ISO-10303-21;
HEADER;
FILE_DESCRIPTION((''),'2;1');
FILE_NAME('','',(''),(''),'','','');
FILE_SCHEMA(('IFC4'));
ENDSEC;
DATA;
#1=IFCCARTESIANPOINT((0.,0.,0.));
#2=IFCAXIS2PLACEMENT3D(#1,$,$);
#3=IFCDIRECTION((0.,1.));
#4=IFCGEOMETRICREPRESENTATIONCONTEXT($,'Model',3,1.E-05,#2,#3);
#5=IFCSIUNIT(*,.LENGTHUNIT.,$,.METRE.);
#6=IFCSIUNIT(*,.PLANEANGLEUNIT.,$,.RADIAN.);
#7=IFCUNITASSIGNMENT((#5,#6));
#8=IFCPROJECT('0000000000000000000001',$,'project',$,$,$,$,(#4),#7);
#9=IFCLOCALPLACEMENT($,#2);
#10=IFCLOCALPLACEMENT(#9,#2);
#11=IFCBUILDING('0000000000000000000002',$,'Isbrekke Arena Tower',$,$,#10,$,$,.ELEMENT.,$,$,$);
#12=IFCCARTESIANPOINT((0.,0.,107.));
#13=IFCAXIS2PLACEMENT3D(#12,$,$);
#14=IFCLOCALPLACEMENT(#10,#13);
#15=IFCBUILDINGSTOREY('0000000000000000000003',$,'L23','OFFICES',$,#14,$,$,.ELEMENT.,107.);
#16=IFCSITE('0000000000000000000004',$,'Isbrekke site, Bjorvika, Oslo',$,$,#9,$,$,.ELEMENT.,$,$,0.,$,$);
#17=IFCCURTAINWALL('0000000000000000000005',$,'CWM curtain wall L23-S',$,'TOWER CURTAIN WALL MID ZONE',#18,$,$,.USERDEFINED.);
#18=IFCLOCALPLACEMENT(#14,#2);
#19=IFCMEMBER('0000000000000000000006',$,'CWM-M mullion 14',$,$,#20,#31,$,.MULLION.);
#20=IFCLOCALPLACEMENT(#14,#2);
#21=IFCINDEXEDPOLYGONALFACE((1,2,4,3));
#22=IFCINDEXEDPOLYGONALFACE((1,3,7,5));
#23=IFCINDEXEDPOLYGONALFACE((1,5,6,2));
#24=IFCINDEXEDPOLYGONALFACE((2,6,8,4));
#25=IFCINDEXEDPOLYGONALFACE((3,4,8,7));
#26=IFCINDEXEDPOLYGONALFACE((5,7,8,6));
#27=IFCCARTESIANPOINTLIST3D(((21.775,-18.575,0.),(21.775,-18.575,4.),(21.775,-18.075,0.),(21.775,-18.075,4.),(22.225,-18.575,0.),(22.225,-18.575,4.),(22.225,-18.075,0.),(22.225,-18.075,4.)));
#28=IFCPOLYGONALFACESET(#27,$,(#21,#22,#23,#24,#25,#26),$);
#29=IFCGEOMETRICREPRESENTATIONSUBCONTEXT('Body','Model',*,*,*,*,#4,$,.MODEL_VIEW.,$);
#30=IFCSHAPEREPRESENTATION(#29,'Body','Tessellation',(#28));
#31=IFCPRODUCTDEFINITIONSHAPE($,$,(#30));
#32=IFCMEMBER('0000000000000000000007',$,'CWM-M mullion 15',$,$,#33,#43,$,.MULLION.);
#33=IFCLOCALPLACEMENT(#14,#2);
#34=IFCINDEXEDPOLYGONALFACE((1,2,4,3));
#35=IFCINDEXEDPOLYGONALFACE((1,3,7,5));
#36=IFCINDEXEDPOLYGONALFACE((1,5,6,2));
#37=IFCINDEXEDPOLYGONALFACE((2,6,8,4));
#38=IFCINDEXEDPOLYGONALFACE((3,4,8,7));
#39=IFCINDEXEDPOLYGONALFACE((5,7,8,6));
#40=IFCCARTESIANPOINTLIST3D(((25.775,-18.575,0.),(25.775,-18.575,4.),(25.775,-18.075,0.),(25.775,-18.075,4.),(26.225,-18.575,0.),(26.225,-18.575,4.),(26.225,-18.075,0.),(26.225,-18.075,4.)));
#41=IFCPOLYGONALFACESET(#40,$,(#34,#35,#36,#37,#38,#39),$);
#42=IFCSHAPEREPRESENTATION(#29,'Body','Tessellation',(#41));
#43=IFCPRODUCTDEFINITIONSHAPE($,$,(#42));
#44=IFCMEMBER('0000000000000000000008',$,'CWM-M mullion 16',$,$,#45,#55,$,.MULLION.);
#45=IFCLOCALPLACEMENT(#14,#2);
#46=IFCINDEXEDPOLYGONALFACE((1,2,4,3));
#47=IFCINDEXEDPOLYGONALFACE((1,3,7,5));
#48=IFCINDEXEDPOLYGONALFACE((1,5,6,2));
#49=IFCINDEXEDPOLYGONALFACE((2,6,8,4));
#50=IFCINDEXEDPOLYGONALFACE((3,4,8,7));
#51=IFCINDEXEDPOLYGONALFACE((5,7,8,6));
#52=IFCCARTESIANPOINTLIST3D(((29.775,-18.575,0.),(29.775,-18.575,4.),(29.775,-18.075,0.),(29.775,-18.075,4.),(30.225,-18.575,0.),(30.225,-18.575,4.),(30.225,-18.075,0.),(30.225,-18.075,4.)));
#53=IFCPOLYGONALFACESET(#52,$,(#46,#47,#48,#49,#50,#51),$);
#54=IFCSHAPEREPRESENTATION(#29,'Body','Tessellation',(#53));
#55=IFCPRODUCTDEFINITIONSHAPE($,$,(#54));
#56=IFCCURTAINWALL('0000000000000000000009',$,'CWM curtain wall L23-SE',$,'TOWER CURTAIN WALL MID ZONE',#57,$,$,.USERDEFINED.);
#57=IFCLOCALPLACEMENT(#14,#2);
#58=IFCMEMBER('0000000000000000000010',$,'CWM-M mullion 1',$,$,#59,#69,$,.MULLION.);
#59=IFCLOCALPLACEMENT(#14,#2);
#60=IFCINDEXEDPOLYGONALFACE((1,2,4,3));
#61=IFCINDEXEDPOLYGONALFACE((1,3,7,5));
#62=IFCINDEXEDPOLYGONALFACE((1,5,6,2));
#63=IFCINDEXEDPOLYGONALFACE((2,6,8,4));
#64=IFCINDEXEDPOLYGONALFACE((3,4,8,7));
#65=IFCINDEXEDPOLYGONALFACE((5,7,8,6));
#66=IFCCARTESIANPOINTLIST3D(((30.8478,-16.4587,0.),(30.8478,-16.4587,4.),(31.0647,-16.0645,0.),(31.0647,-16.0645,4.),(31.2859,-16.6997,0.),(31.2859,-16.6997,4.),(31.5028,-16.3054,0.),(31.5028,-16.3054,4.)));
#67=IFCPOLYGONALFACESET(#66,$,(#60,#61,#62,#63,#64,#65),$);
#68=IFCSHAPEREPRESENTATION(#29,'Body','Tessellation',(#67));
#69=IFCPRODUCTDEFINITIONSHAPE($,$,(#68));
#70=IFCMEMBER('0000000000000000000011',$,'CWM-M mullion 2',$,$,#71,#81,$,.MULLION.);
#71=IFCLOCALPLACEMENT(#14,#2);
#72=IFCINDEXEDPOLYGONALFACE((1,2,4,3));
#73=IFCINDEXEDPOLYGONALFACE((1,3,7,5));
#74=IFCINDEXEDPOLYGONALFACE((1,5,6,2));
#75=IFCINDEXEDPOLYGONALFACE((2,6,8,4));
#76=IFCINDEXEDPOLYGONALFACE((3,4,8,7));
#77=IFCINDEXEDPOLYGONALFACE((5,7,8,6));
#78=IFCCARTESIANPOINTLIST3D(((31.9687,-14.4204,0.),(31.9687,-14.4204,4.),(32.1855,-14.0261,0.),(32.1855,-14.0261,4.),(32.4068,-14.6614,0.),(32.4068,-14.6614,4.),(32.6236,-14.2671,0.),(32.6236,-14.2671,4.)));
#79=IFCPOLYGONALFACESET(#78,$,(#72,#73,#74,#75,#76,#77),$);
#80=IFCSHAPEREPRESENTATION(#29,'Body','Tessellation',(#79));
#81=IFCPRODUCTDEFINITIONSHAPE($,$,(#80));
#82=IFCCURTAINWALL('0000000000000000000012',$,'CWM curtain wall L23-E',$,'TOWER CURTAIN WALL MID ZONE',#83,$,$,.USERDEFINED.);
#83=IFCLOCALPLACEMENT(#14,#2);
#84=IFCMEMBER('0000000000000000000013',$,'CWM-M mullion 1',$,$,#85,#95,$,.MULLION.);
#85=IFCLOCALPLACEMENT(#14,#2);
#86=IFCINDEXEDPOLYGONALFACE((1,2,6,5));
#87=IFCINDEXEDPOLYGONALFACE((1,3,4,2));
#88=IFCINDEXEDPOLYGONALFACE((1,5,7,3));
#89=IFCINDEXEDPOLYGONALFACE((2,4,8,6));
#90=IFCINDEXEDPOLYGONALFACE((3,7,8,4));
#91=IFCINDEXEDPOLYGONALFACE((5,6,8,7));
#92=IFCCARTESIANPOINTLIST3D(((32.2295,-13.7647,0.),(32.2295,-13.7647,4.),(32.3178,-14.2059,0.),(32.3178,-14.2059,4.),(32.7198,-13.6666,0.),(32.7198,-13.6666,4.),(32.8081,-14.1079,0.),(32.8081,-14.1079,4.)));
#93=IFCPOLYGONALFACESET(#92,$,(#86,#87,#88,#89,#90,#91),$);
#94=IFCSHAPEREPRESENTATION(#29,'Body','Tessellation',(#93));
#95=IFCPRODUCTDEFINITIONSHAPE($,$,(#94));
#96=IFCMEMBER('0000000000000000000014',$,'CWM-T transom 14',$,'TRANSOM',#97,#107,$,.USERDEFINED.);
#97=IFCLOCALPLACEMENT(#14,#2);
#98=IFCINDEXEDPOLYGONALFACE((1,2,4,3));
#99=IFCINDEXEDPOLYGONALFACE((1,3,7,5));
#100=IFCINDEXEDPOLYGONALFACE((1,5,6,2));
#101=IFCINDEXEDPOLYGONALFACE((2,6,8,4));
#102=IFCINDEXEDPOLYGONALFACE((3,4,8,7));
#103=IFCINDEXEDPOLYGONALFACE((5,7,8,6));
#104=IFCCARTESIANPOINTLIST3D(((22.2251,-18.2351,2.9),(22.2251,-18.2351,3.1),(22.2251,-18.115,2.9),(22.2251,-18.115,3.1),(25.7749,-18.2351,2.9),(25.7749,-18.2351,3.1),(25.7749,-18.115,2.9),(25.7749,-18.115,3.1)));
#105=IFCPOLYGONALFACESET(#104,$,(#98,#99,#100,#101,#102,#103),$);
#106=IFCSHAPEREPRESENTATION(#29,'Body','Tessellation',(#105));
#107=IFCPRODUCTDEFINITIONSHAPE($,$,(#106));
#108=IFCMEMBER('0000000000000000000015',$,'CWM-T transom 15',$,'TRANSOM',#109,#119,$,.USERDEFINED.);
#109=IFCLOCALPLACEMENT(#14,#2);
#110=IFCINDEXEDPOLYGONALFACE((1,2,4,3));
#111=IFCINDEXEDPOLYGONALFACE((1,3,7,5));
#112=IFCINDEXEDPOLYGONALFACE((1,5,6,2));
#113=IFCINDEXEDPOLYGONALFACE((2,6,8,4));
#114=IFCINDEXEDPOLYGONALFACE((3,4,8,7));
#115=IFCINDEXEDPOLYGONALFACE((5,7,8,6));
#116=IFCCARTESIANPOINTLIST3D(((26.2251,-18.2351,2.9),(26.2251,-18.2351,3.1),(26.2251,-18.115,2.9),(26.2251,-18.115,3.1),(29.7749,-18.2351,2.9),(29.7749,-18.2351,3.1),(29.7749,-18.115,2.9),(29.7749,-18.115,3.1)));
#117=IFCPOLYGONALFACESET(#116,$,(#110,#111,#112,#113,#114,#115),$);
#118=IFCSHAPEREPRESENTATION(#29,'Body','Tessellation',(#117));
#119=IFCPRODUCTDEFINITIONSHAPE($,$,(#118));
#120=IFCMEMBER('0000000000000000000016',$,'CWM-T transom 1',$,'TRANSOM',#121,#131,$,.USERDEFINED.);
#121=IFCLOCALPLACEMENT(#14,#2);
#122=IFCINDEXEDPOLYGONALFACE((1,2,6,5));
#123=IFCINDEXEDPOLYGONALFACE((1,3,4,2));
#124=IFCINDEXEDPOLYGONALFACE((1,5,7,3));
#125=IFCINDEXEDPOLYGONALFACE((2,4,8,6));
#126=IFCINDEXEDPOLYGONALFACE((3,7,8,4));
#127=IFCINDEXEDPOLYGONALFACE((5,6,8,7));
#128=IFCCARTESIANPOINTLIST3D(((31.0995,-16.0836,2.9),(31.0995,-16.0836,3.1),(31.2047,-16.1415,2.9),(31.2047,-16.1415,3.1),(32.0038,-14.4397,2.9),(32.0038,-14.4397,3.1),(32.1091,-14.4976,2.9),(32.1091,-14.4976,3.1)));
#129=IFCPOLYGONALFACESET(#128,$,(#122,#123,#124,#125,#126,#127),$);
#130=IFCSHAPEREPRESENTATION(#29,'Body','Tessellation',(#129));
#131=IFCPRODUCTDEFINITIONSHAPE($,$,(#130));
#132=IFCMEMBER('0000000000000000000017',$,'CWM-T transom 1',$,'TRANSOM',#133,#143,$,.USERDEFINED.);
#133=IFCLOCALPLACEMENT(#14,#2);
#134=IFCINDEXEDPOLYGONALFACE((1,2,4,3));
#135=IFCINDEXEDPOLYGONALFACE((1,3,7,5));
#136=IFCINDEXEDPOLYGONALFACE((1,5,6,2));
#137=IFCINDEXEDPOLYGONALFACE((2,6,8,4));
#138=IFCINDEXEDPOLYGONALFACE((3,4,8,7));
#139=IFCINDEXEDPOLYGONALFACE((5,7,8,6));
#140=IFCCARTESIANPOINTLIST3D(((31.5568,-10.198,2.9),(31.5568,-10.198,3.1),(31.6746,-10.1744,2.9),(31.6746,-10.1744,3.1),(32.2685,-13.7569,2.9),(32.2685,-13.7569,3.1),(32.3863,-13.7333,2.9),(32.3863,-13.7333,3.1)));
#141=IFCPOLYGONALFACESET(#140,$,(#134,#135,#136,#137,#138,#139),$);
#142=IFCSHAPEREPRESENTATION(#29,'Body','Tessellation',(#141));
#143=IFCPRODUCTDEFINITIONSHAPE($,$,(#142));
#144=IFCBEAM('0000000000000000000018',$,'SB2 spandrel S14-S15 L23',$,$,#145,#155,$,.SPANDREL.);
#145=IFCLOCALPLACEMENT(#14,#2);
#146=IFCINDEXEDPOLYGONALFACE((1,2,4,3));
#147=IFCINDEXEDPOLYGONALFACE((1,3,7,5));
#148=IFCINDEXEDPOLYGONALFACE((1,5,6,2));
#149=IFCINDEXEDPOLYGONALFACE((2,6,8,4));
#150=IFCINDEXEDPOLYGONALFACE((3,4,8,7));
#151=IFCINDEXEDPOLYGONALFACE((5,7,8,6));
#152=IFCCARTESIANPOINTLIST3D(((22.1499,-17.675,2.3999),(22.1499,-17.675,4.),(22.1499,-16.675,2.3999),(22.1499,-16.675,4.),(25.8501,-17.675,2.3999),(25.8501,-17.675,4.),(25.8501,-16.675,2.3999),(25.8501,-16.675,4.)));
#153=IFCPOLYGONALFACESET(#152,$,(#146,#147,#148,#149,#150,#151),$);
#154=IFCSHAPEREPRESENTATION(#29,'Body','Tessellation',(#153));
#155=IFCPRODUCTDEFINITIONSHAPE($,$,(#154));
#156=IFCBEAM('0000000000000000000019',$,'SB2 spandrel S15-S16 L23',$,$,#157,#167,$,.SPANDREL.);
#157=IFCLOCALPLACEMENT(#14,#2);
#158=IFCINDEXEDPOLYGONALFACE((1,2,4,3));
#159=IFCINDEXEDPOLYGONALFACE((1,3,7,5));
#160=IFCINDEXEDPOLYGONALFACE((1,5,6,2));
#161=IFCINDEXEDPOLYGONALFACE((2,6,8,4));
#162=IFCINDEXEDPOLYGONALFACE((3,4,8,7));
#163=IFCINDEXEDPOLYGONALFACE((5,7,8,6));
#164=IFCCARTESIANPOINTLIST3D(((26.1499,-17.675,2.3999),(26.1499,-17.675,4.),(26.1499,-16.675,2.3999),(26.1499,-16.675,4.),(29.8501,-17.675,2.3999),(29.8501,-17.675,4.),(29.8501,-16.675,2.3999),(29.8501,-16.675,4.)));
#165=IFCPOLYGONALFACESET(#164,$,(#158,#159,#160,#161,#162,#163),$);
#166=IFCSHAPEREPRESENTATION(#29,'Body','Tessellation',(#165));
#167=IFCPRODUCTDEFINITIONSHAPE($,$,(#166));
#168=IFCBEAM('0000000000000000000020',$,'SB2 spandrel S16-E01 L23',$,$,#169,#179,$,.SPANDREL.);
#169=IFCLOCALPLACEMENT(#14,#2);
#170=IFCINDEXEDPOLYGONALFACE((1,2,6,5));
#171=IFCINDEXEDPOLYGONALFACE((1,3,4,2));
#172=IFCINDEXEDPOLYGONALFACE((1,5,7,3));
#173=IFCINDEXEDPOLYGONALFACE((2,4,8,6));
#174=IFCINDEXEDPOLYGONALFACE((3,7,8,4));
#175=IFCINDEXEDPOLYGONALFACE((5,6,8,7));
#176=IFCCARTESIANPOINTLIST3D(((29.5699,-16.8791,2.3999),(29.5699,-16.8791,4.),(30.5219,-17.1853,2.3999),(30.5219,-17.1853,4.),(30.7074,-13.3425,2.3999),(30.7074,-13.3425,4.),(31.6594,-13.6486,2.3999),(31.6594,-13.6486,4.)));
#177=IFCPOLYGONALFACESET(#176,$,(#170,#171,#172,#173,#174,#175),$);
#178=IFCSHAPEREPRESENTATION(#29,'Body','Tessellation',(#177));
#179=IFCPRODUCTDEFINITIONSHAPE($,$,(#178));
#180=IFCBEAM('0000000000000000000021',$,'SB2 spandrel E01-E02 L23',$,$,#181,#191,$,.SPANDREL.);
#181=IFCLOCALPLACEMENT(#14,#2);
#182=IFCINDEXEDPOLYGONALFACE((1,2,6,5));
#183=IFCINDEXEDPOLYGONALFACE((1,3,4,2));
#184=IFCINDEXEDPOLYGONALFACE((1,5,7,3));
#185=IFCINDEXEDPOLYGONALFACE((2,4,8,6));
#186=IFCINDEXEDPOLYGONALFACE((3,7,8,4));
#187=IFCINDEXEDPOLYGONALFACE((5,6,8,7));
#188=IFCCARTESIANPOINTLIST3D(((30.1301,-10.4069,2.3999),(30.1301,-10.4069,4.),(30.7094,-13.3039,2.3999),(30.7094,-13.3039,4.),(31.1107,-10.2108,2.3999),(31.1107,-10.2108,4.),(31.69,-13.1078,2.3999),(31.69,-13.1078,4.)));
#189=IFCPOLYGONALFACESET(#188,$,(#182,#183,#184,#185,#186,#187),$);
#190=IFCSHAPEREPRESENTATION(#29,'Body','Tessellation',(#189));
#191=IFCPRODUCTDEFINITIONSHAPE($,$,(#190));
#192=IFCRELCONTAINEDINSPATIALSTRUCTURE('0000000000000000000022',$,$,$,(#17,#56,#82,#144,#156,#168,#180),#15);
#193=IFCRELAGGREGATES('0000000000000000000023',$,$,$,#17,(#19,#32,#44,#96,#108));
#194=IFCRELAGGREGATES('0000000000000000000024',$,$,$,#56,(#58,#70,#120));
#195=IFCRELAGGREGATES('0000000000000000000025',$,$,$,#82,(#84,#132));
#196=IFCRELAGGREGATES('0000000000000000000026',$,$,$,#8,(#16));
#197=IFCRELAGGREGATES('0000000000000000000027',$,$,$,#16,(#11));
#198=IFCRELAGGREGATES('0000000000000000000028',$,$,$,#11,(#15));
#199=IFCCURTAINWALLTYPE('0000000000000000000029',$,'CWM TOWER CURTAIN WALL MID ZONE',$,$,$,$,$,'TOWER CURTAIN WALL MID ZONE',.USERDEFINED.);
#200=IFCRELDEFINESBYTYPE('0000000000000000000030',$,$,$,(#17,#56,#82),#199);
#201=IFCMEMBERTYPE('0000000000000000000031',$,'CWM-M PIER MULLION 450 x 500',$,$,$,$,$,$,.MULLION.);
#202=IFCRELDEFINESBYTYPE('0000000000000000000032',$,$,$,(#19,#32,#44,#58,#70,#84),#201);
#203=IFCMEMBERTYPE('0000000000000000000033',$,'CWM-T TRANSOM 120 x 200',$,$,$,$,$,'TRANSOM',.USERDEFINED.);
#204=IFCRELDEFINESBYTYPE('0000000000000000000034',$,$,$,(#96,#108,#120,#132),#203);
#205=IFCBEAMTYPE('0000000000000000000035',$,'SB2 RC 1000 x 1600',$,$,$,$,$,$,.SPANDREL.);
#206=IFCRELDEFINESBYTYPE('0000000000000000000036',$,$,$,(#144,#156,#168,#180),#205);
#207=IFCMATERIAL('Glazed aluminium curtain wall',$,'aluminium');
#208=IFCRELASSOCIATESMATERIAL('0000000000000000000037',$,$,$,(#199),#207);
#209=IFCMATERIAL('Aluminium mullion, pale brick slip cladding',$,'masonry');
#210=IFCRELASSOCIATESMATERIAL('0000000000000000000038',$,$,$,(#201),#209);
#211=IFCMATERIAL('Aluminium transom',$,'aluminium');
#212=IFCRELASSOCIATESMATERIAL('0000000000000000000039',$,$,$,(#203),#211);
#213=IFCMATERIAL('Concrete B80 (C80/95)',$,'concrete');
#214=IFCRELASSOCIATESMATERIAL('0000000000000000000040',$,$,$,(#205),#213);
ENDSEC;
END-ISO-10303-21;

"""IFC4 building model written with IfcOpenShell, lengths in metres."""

from ifc_helpers import new_model, si_unit, direction, frame, origin, origin_2d, place, context, subcontext, project, spatial, rectangle, extrude, material, material_profile, profile_set, type_object, element, aggregate, save


model = new_model("IFC4")

# Units and contexts
model_context = context("Model", 3, precision=1e-05, world=origin(), true_north=direction((0.0, 1.0)))
body_context = subcontext(model_context, "Body", "Model", "MODEL_VIEW")
ifc_project = project(units=[si_unit("LENGTHUNIT", "METRE"), si_unit("PLANEANGLEUNIT", "RADIAN")], contexts=[model_context])

# Site, building, storey
site_placement = place(None, origin())
site = spatial("IfcSite", under=ifc_project, at=site_placement, Name="Isbrekke site, Bjorvika, Oslo", CompositionType="ELEMENT", RefElevation=0.0)
building_placement = place(site_placement, origin())
building = spatial("IfcBuilding", under=site, at=building_placement, Name="Isbrekke Arena Tower", CompositionType="ELEMENT")
storey_placement = place(building_placement, frame((0.0, 0.0, 107.0)))
storey = spatial("IfcBuildingStorey", under=building, at=storey_placement, Name="L23", Description="OFFICES", CompositionType="ELEMENT", Elevation=107.0)

# Curtain walls, members
ifc_material_1 = material(Name="Glazed aluminium curtain wall", Category="aluminium")
curtain_wall_type = type_object("IfcCurtainWallType", Name="CWM TOWER CURTAIN WALL MID ZONE", ElementType="TOWER CURTAIN WALL MID ZONE", PredefinedType="USERDEFINED", material=ifc_material_1)
curtain_wall_1_placement = place(storey_placement, origin())
curtain_wall_1 = element("IfcCurtainWall", 1, at=curtain_wall_1_placement, inside=storey, type_object=curtain_wall_type, Name="CWM curtain wall L23-S", ObjectType="TOWER CURTAIN WALL MID ZONE", PredefinedType="USERDEFINED")
ifc_material_2 = material(Name="Aluminium mullion, pale brick slip cladding", Category="masonry")
ifc_material_profile_1 = material_profile(ifc_material_2, rectangle(XDim=0.45, YDim=0.5, at=origin_2d()), Name="PIER 450X500")
ifc_profile_set_1 = profile_set([ifc_material_profile_1], Name="Aluminium mullion, pale brick slip cladding")
member_type_1 = type_object("IfcMemberType", Name="CWM-M PIER MULLION 450 x 500", PredefinedType="MULLION", material=ifc_profile_set_1)
member_1_placement = place(storey_placement, frame((22.0, -18.325, 0.0), z_axis=(0.0, 0.0, 1.0), x_axis=(1.0, 0.0, 0.0)))
member_1 = element("IfcMember", 2, at=member_1_placement, type_object=member_type_1, Name="CWM-M mullion 14", PredefinedType="MULLION", context=body_context, shape_type="SweptSolid", body=[
    extrude(rectangle(XDim=0.45, YDim=0.5, at=origin_2d()), origin(), (0.0, 0.0, 1.0), 4.0),
])
member_2_placement = place(storey_placement, frame((26.0, -18.325, 0.0), z_axis=(0.0, 0.0, 1.0), x_axis=(1.0, 0.0, 0.0)))
member_2 = element("IfcMember", 3, at=member_2_placement, type_object=member_type_1, Name="CWM-M mullion 15", PredefinedType="MULLION", context=body_context, shape_type="SweptSolid", body=[
    extrude(rectangle(XDim=0.45, YDim=0.5, at=origin_2d()), origin(), (0.0, 0.0, 1.0), 4.0),
])
member_3_placement = place(storey_placement, frame((30.0, -18.325, 0.0), z_axis=(0.0, 0.0, 1.0), x_axis=(1.0, 0.0, 0.0)))
member_3 = element("IfcMember", 4, at=member_3_placement, type_object=member_type_1, Name="CWM-M mullion 16", PredefinedType="MULLION", context=body_context, shape_type="SweptSolid", body=[
    extrude(rectangle(XDim=0.45, YDim=0.5, at=origin_2d()), origin(), (0.0, 0.0, 1.0), 4.0),
])
curtain_wall_2_placement = place(storey_placement, origin())
curtain_wall_2 = element("IfcCurtainWall", 5, at=curtain_wall_2_placement, inside=storey, type_object=curtain_wall_type, Name="CWM curtain wall L23-SE", ObjectType="TOWER CURTAIN WALL MID ZONE", PredefinedType="USERDEFINED")
member_4_placement = place(storey_placement, frame((31.1753, -16.3821, 0.0), z_axis=(0.0, 0.0, 1.0), x_axis=(0.481919, 0.876216, 0.0)))
member_4 = element("IfcMember", 6, at=member_4_placement, type_object=member_type_1, Name="CWM-M mullion 1", PredefinedType="MULLION", context=body_context, shape_type="SweptSolid", body=[
    extrude(rectangle(XDim=0.45, YDim=0.5, at=origin_2d()), origin(), (0.0, 0.0, 1.0), 4.0),
])
member_5_placement = place(storey_placement, frame((32.2961, -14.3438, 0.0), z_axis=(0.0, 0.0, 1.0), x_axis=(0.481919, 0.876216, 0.0)))
member_5 = element("IfcMember", 7, at=member_5_placement, type_object=member_type_1, Name="CWM-M mullion 2", PredefinedType="MULLION", context=body_context, shape_type="SweptSolid", body=[
    extrude(rectangle(XDim=0.45, YDim=0.5, at=origin_2d()), origin(), (0.0, 0.0, 1.0), 4.0),
])

# Curtain wall, member
curtain_wall_3_placement = place(storey_placement, origin())
curtain_wall_3 = element("IfcCurtainWall", 8, at=curtain_wall_3_placement, inside=storey, type_object=curtain_wall_type, Name="CWM curtain wall L23-E", ObjectType="TOWER CURTAIN WALL MID ZONE", PredefinedType="USERDEFINED")
member_6_placement = place(storey_placement, frame((32.5188, -13.9363, 0.0), z_axis=(0.0, 0.0, 1.0), x_axis=(-0.196116, 0.980581, 0.0)))
member_6 = element("IfcMember", 9, at=member_6_placement, type_object=member_type_1, Name="CWM-M mullion 1", PredefinedType="MULLION", context=body_context, shape_type="SweptSolid", body=[
    extrude(rectangle(XDim=0.45, YDim=0.5, at=origin_2d()), origin(), (0.0, 0.0, 1.0), 4.0),
])

# Members
ifc_material_3 = material(Name="Aluminium transom", Category="aluminium")
ifc_material_profile_2 = material_profile(ifc_material_3, rectangle(XDim=0.1201, YDim=0.2, at=origin_2d()), Name="TRANSOM 120X200")
ifc_profile_set_2 = profile_set([ifc_material_profile_2], Name="Aluminium transom")
member_type_2 = type_object("IfcMemberType", Name="CWM-T TRANSOM 120 x 200", ElementType="TRANSOM", PredefinedType="USERDEFINED", material=ifc_profile_set_2)
member_7_placement = place(storey_placement, frame((22.2251, -18.175, 3.0), z_axis=(1.0, 0.0, 0.0), x_axis=(0.0, 1.0, 0.0)))
member_7 = element("IfcMember", 10, at=member_7_placement, type_object=member_type_2, Name="CWM-T transom 14", ObjectType="TRANSOM", PredefinedType="USERDEFINED", context=body_context, shape_type="SweptSolid", body=[
    extrude(rectangle(XDim=0.1201, YDim=0.2, at=origin_2d()), origin(), (0.0, 0.0, 1.0), 3.5498),
])
member_8_placement = place(storey_placement, frame((26.2251, -18.175, 3.0), z_axis=(1.0, 0.0, 0.0), x_axis=(0.0, 1.0, 0.0)))
member_8 = element("IfcMember", 11, at=member_8_placement, type_object=member_type_2, Name="CWM-T transom 15", ObjectType="TRANSOM", PredefinedType="USERDEFINED", context=body_context, shape_type="SweptSolid", body=[
    extrude(rectangle(XDim=0.1201, YDim=0.2, at=origin_2d()), origin(), (0.0, 0.0, 1.0), 3.5498),
])
member_9_placement = place(storey_placement, frame((31.1521, -16.1125, 3.0), z_axis=(0.482004, 0.876169, 0.0), x_axis=(-0.876169, 0.482004, 0.0)))
member_9 = element("IfcMember", 12, at=member_9_placement, type_object=member_type_2, Name="CWM-T transom 1", ObjectType="TRANSOM", PredefinedType="USERDEFINED", context=body_context, shape_type="SweptSolid", body=[
    extrude(rectangle(XDim=0.1201, YDim=0.2, at=origin_2d()), origin(), (0.0, 0.0, 1.0), 1.8762),
])
member_10_placement = place(storey_placement, frame((32.3274, -13.7451, 3.0), z_axis=(-0.19609, 0.980586, 0.0), x_axis=(-0.980586, -0.19609, 0.0)))
member_10 = element("IfcMember", 13, at=member_10_placement, type_object=member_type_2, Name="CWM-T transom 1", ObjectType="TRANSOM", PredefinedType="USERDEFINED", context=body_context, shape_type="SweptSolid", body=[
    extrude(rectangle(XDim=0.1201, YDim=0.2, at=origin_2d()), origin(), (0.0, 0.0, 1.0), 3.6294),
])

# Beams
ifc_material_4 = material(Name="Concrete B80 (C80/95)", Category="concrete")
ifc_material_profile_3 = material_profile(ifc_material_4, rectangle(XDim=1.0, YDim=1.6001, at=origin_2d()), Name="RC 1000x1600")
ifc_profile_set_3 = profile_set([ifc_material_profile_3], Name="Concrete B80 (C80/95)")
beam_type_1 = type_object("IfcBeamType", Name="SB2 RC 1000 x 1600", PredefinedType="SPANDREL", material=ifc_profile_set_3)
for number, where, z_axis, x_axis, name in (
    (14, (22.1499, -17.175, 3.2), (1.0, 0.0, 0.0), (0.0, 1.0, 0.0), "SB2 spandrel S14-S15 L23"),
    (15, (26.1499, -17.175, 3.2), (1.0, 0.0, 0.0), (0.0, 1.0, 0.0), "SB2 spandrel S15-S16 L23"),
):
    element("IfcBeam", number, at=place(storey_placement, frame(where, z_axis=z_axis, x_axis=x_axis)), inside=storey, type_object=beam_type_1, Name=name, PredefinedType="SPANDREL", context=body_context, shape_type="SweptSolid", body=[
        extrude(rectangle(XDim=1.0, YDim=1.6001, at=origin_2d()), origin(), (0.0, 0.0, 1.0), 3.7002),
    ])
beam_1_placement = place(storey_placement, frame((30.0459, -17.0322, 3.2), z_axis=(0.306175, 0.951975, 0.0), x_axis=(-0.951975, 0.306175, 0.0)))
element("IfcBeam", 16, at=beam_1_placement, inside=storey, type_object=beam_type_1, Name="SB2 spandrel S16-E01 L23", PredefinedType="SPANDREL", context=body_context, shape_type="SweptSolid", body=[
    extrude(rectangle(XDim=1.0, YDim=1.6001, at=origin_2d()), origin(), (0.0, 0.0, 1.0), 3.7151),
])
beam_2_placement = place(storey_placement, frame((31.1997, -13.2058, 3.2), z_axis=(-0.1961, 0.980584, 0.0), x_axis=(-0.980584, -0.1961, 0.0)))
element("IfcBeam", 17, at=beam_2_placement, inside=storey, type_object=beam_type_1, Name="SB2 spandrel E01-E02 L23", PredefinedType="SPANDREL", context=body_context, shape_type="SweptSolid", body=[
    extrude(rectangle(XDim=1.0, YDim=1.6001, at=origin_2d()), origin(), (0.0, 0.0, 1.0), 2.9543),
])

aggregate(curtain_wall_1, [member_1, member_2, member_3, member_7, member_8])
aggregate(curtain_wall_2, [member_4, member_5, member_9])
aggregate(curtain_wall_3, [member_6, member_10])

save(model, "model.ifc")
